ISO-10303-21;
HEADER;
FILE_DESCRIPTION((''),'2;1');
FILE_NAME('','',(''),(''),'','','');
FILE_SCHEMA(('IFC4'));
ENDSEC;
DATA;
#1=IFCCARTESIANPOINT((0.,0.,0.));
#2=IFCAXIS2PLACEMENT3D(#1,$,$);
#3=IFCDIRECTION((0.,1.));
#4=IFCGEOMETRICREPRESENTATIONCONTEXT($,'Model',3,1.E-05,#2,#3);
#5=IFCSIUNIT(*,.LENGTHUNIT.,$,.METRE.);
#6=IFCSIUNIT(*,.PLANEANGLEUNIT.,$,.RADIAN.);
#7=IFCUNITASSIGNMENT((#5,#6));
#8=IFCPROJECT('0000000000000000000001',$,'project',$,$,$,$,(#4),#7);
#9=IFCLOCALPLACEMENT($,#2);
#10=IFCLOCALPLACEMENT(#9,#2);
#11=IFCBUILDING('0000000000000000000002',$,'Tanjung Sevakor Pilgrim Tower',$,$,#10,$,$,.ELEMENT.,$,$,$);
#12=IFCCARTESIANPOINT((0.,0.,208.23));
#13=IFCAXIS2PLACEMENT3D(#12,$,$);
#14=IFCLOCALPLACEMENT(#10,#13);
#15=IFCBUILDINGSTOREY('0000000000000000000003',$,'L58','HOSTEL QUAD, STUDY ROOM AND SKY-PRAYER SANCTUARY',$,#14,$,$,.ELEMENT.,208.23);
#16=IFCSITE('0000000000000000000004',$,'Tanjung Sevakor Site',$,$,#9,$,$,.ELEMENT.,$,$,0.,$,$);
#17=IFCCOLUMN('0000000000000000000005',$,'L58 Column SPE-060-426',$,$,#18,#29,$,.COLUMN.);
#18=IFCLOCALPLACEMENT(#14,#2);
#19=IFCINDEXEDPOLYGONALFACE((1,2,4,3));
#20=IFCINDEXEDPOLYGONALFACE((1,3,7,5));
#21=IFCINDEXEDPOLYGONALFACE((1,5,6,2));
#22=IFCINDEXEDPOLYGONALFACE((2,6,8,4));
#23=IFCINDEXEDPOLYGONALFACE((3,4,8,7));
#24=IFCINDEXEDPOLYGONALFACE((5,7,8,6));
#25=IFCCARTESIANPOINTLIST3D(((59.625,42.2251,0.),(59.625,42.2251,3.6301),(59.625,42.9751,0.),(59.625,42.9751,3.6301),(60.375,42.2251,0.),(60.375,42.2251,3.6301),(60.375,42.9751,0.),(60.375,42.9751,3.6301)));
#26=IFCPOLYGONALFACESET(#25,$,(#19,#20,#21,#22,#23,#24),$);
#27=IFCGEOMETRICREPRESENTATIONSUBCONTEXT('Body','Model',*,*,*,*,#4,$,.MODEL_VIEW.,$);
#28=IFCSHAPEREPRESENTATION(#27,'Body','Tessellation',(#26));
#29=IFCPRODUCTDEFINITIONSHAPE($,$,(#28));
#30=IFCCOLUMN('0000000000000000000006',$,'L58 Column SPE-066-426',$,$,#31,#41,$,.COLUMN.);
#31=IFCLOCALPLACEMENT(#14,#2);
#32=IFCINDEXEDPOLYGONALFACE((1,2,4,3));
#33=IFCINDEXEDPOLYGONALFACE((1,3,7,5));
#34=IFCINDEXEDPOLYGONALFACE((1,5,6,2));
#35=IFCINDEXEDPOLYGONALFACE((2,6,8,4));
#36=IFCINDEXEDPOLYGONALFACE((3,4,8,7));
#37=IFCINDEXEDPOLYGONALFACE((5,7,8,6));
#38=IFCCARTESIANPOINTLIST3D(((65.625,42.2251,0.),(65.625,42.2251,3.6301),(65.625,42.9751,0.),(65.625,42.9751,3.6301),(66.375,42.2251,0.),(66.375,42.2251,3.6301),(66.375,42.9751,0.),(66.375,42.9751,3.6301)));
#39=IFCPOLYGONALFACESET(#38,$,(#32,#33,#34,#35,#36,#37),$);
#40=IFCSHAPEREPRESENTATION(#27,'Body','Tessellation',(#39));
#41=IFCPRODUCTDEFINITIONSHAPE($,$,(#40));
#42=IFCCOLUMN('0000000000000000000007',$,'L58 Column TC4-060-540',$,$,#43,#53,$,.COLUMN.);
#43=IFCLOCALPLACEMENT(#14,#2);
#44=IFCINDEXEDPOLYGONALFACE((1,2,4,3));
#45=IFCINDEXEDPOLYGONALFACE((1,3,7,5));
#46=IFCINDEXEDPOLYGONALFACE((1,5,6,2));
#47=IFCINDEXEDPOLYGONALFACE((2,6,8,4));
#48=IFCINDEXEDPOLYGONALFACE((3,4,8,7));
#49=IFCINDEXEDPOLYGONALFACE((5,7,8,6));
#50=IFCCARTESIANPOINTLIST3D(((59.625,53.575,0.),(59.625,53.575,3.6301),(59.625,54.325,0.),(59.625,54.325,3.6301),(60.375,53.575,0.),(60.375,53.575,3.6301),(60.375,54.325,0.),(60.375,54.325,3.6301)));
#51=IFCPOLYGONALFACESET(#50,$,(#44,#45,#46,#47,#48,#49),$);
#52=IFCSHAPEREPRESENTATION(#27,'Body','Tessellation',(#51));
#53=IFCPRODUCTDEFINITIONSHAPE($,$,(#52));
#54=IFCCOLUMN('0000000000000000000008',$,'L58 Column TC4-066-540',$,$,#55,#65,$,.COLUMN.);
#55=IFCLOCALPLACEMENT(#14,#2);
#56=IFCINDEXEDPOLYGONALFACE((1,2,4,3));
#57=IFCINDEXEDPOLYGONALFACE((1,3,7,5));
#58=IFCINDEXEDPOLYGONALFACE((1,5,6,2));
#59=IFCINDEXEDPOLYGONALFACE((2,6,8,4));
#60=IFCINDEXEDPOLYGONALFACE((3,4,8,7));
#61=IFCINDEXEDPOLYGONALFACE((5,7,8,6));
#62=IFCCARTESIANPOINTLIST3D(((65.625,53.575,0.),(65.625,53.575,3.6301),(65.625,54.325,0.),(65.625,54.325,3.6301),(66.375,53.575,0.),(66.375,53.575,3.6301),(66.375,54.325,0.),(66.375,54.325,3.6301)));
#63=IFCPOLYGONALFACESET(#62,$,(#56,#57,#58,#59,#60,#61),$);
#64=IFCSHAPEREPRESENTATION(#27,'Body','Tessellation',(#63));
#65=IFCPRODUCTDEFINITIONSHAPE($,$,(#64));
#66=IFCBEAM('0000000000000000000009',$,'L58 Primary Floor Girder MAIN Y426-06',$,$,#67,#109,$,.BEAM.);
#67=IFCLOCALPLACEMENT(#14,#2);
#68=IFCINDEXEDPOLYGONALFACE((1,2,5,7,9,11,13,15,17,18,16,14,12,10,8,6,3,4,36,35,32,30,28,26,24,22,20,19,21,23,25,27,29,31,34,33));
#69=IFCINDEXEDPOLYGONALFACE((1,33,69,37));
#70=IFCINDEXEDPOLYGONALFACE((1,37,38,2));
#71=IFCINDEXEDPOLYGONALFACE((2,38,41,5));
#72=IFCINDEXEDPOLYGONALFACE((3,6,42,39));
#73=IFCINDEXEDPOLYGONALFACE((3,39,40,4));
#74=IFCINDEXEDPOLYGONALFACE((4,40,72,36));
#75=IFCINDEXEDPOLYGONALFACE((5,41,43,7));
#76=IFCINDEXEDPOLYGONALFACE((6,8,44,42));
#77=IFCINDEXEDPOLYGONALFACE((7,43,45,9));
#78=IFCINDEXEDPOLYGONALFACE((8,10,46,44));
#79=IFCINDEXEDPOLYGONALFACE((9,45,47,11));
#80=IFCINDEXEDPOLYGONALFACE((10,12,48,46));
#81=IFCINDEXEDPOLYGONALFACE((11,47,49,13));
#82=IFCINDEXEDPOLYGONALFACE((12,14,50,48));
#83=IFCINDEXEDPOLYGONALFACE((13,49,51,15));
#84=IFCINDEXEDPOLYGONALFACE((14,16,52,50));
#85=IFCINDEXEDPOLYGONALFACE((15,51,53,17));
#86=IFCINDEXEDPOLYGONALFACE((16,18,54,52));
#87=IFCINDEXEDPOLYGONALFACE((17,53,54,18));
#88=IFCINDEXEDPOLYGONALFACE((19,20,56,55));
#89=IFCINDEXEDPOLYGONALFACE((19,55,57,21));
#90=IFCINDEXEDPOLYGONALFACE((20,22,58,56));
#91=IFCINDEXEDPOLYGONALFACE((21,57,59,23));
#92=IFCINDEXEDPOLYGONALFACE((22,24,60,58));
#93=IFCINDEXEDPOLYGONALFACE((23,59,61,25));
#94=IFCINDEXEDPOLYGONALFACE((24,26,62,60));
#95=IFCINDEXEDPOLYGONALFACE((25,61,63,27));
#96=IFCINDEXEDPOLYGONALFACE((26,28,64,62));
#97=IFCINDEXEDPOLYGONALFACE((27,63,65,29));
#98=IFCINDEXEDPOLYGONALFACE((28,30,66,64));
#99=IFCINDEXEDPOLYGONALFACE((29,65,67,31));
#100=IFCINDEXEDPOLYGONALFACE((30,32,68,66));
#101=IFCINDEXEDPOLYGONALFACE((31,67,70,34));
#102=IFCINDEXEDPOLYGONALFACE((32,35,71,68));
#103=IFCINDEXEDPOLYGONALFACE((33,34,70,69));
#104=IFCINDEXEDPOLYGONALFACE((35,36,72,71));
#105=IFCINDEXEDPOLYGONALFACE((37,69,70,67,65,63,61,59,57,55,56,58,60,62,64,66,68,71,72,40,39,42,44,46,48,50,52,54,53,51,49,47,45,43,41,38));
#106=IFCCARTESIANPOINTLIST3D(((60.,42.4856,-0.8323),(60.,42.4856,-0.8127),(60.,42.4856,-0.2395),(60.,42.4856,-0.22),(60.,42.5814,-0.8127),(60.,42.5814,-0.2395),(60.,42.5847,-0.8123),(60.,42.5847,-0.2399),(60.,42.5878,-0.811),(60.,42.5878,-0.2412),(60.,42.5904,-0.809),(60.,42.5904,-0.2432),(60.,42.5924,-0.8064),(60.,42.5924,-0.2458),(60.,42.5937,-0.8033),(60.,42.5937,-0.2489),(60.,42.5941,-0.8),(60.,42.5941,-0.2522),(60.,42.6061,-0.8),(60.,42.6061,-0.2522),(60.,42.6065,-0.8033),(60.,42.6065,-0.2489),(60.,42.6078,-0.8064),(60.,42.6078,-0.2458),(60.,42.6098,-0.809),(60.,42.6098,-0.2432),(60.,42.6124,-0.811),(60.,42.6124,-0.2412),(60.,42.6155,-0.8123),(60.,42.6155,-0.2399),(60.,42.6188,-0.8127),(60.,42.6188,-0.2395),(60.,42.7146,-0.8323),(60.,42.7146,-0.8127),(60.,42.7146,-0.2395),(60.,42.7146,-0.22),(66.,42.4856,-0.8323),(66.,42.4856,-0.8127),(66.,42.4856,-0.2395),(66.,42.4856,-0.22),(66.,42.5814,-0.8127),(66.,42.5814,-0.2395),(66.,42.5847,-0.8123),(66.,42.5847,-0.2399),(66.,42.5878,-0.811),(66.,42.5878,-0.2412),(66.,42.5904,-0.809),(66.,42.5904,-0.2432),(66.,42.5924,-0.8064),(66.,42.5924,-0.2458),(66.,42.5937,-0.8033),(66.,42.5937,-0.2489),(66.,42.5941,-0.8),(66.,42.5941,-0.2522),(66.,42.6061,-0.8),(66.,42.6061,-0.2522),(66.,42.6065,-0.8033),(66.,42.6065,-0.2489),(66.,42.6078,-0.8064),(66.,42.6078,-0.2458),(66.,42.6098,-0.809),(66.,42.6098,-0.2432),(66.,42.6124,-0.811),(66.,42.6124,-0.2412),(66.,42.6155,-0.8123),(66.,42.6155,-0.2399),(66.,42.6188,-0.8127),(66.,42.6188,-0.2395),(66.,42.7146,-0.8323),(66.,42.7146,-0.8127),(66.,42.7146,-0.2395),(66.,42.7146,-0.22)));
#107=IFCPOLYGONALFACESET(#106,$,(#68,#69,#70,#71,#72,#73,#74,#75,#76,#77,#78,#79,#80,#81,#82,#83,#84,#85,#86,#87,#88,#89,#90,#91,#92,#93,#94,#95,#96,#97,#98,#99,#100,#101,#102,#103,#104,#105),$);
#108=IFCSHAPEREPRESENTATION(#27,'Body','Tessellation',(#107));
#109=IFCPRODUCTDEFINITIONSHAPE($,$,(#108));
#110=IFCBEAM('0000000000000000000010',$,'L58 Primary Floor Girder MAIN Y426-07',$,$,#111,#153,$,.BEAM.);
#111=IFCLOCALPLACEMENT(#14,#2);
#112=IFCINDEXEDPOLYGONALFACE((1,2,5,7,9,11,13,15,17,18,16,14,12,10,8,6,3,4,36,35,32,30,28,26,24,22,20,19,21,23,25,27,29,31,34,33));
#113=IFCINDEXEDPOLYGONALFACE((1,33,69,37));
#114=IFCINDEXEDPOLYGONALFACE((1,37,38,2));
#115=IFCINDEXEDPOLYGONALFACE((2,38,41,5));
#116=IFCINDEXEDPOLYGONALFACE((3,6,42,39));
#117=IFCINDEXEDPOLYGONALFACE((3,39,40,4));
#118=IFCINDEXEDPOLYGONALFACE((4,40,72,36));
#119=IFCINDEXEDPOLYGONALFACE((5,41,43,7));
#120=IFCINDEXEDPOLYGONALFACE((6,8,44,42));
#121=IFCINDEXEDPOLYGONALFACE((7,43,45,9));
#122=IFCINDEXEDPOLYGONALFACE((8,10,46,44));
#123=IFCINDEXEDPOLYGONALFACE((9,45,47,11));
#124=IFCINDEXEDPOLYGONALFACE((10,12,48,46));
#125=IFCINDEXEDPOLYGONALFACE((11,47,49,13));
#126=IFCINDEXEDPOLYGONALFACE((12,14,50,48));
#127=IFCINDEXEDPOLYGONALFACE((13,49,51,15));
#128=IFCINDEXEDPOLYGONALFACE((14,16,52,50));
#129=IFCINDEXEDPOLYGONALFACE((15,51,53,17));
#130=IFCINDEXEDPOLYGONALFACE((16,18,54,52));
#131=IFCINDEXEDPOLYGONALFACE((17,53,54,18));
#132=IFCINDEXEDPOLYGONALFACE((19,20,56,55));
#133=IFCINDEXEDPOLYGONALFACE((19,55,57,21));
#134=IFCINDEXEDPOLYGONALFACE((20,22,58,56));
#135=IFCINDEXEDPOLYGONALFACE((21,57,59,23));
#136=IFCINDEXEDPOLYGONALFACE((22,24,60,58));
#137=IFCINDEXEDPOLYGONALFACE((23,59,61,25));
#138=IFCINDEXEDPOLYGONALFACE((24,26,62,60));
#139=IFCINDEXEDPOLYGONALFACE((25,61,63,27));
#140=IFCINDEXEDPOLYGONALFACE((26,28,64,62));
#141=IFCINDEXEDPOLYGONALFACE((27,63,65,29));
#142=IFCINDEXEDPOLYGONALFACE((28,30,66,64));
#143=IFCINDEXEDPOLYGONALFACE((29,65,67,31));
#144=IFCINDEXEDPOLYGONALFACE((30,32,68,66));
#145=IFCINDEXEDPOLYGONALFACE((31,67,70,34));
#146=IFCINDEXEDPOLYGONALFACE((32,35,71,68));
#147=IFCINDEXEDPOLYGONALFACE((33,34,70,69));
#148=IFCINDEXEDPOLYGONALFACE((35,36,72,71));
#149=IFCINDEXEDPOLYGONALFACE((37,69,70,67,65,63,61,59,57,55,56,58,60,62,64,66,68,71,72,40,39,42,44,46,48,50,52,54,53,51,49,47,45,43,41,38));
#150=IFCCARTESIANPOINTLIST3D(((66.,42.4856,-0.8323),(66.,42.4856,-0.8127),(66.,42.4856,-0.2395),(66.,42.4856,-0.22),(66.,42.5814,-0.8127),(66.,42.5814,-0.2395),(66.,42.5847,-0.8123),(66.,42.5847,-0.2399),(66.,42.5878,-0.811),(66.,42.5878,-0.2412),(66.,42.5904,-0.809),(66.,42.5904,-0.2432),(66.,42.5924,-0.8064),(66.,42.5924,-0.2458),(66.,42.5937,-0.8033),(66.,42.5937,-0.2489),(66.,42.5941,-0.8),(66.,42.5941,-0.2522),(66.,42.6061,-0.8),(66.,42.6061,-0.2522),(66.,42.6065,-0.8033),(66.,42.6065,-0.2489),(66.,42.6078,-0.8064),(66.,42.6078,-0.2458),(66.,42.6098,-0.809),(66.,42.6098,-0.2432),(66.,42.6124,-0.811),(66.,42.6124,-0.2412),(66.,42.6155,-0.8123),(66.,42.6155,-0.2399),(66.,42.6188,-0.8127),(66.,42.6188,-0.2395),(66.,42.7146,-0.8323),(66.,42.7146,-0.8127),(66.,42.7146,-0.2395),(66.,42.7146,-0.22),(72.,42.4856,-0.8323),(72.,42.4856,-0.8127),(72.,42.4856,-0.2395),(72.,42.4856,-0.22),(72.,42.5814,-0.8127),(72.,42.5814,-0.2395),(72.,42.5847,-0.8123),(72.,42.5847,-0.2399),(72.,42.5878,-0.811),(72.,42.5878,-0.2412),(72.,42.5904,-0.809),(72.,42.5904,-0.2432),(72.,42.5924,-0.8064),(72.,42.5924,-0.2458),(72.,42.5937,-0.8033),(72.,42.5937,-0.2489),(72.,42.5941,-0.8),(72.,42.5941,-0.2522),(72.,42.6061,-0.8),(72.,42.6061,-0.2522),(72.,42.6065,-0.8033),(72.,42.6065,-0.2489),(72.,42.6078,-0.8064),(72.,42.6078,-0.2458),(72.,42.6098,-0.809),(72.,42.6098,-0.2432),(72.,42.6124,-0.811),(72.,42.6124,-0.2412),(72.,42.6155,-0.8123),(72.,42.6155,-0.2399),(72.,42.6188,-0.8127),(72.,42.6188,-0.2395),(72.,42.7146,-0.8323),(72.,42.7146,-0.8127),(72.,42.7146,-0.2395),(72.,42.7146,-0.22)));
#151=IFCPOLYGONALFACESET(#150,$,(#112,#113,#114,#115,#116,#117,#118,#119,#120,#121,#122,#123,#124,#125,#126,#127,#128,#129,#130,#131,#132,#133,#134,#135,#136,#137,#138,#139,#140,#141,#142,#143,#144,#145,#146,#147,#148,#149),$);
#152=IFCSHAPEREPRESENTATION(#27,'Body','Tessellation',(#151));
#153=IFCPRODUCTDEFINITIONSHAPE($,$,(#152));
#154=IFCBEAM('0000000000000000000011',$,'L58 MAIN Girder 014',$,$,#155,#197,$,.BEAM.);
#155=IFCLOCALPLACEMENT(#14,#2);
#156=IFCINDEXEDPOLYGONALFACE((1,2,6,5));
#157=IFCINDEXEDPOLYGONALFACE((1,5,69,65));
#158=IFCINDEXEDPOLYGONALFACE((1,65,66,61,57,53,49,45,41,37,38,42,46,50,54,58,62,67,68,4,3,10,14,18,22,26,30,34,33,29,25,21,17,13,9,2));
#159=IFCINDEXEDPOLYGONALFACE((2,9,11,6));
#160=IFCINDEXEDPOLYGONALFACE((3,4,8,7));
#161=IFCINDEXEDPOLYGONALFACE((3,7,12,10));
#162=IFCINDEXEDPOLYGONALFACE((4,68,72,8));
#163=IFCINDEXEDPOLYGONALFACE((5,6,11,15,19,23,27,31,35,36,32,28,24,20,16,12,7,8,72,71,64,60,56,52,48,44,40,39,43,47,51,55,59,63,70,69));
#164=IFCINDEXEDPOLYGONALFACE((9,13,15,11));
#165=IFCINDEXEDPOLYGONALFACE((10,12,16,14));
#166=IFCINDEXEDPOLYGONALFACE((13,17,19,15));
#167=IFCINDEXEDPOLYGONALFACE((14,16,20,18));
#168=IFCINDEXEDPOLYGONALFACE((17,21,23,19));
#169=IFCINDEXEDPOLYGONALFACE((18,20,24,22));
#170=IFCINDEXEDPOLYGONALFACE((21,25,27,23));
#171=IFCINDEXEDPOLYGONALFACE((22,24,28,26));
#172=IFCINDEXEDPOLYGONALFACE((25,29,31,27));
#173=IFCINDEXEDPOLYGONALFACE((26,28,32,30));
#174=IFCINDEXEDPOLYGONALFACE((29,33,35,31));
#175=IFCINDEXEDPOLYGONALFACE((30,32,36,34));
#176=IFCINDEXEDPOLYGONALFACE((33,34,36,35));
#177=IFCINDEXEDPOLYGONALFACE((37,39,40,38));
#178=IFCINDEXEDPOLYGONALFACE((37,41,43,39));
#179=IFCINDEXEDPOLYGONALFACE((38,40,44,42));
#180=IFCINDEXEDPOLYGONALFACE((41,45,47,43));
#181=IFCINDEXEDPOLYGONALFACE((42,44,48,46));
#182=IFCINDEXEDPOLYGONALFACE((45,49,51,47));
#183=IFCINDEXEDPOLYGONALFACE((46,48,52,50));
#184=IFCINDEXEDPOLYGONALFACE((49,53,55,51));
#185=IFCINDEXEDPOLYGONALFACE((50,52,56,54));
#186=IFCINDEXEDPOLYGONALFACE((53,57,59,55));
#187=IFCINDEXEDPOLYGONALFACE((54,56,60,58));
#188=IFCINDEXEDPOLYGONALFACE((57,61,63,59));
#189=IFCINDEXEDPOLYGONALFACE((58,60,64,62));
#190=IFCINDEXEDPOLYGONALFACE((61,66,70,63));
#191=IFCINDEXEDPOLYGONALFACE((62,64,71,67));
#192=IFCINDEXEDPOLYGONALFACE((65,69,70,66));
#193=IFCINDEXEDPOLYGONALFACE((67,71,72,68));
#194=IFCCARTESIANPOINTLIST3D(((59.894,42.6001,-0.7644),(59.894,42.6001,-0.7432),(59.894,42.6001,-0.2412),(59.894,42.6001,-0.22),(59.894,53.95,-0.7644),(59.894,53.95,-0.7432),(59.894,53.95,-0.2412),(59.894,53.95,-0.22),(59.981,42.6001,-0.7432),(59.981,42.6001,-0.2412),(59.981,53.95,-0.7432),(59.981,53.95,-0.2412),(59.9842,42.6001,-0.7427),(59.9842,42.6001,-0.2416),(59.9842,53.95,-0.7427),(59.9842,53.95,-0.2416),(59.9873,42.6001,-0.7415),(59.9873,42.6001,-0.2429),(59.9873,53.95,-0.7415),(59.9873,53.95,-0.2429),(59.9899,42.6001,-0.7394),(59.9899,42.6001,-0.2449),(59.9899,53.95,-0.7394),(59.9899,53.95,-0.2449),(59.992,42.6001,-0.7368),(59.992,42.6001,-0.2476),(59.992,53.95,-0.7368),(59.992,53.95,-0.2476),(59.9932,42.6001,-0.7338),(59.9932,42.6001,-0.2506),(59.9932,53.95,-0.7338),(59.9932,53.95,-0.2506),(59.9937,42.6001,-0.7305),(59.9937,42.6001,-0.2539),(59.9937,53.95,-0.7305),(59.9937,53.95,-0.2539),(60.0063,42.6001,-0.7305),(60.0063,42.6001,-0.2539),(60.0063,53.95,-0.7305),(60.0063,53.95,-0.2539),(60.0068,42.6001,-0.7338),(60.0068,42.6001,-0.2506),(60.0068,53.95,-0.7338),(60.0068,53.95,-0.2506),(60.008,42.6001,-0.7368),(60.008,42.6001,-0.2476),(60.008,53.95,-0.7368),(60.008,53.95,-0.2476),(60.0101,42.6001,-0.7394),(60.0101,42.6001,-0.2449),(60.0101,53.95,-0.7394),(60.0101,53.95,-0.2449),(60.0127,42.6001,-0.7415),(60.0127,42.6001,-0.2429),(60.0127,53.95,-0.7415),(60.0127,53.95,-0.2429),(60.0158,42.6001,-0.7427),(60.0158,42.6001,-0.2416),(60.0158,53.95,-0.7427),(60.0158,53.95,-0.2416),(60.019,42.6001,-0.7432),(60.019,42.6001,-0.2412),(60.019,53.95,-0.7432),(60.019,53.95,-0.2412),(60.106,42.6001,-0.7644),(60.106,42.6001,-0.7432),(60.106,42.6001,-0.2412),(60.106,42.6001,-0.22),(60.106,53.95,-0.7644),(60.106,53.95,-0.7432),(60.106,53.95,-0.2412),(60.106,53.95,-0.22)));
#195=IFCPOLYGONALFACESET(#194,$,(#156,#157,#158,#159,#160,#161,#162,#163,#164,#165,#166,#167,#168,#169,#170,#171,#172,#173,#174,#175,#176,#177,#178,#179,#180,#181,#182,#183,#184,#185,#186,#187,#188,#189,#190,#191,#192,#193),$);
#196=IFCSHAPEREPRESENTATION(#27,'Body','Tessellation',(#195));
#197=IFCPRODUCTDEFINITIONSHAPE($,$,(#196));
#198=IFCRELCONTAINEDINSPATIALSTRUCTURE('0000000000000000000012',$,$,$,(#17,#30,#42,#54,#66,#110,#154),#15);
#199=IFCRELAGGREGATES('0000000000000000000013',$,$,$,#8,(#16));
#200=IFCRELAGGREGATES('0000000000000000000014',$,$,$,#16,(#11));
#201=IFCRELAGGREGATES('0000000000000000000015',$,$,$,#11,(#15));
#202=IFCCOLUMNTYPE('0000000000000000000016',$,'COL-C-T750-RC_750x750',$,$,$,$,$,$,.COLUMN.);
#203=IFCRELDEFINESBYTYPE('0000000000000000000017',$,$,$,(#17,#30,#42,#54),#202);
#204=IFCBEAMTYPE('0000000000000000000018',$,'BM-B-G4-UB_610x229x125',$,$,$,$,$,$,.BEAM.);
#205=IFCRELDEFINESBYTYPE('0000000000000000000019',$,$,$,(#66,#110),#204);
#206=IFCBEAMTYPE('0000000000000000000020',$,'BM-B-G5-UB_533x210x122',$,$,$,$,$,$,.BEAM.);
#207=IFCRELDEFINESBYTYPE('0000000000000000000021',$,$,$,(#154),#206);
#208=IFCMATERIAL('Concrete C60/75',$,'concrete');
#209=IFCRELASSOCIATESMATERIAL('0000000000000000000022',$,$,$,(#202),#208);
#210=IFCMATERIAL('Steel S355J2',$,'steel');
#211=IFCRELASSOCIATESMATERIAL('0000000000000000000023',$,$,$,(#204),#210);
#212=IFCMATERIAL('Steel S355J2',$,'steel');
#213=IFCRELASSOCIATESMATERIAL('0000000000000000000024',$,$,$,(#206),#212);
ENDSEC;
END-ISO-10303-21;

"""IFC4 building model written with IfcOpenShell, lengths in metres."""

from ifc_helpers import new_model, si_unit, direction, frame, origin, origin_2d, place, context, subcontext, project, spatial, rectangle, i_section, extrude, material, material_profile, profile_set, type_object, element, save


model = new_model("IFC4")

# Units and contexts
model_context = context("Model", 3, precision=1e-05, world=origin(), true_north=direction((0.0, 1.0)))
body_context = subcontext(model_context, "Body", "Model", "MODEL_VIEW")
ifc_project = project(units=[si_unit("LENGTHUNIT", "METRE"), si_unit("PLANEANGLEUNIT", "RADIAN")], contexts=[model_context])

# Site, building, storey
site_placement = place(None, origin())
site = spatial("IfcSite", under=ifc_project, at=site_placement, Name="Tanjung Sevakor Site", CompositionType="ELEMENT", RefElevation=0.0)
building_placement = place(site_placement, origin())
building = spatial("IfcBuilding", under=site, at=building_placement, Name="Tanjung Sevakor Pilgrim Tower", CompositionType="ELEMENT")
storey_placement = place(building_placement, frame((0.0, 0.0, 208.23)))
storey = spatial("IfcBuildingStorey", under=building, at=storey_placement, Name="L58", Description="HOSTEL QUAD, STUDY ROOM AND SKY-PRAYER SANCTUARY", CompositionType="ELEMENT", Elevation=208.23)

# Columns
ifc_material_1 = material(Name="Concrete C60/75", Category="concrete")
ifc_material_profile_1 = material_profile(ifc_material_1, rectangle(XDim=0.75, YDim=0.75, at=origin_2d()))
ifc_profile_set_1 = profile_set([ifc_material_profile_1], Name="Concrete C60/75")
column_type = type_object("IfcColumnType", Name="COL-C-T750-RC_750x750", PredefinedType="COLUMN", material=ifc_profile_set_1)
for number, where, z_axis, x_axis, name in (
    (1, (60.0, 42.6001, 0.0), (0.0, 0.0, 1.0), (1.0, 0.0, 0.0), "L58 Column SPE-060-426"),
    (2, (66.0, 42.6001, 0.0), (0.0, 0.0, 1.0), (1.0, 0.0, 0.0), "L58 Column SPE-066-426"),
    (3, (60.0, 53.95, 0.0), (0.0, 0.0, 1.0), (1.0, 0.0, 0.0), "L58 Column TC4-060-540"),
    (4, (66.0, 53.95, 0.0), (0.0, 0.0, 1.0), (1.0, 0.0, 0.0), "L58 Column TC4-066-540"),
):
    element("IfcColumn", number, at=place(storey_placement, frame(where, z_axis=z_axis, x_axis=x_axis)), inside=storey, type_object=column_type, Name=name, PredefinedType="COLUMN", context=body_context, shape_type="SweptSolid", body=[
        extrude(rectangle(XDim=0.75, YDim=0.75, at=origin_2d()), origin(), (0.0, 0.0, 1.0), 3.6301),
    ])

# Beams
ifc_material_2 = material(Name="Steel S355J2", Category="steel")
ifc_material_profile_2 = material_profile(ifc_material_2, i_section(OverallWidth=0.229, OverallDepth=0.6123, WebThickness=0.012, FlangeThickness=0.0195, FilletRadius=0.0127, at=origin_2d()))
ifc_profile_set_2 = profile_set([ifc_material_profile_2], Name="Steel S355J2")
beam_type_1 = type_object("IfcBeamType", Name="BM-B-G4-UB_610x229x125", PredefinedType="BEAM", material=ifc_profile_set_2)
for number, where, z_axis, x_axis, name in (
    (5, (60.0, 42.6001, -0.5261), (1.0, 0.0, 0.0), (0.0, 1.0, 0.0), "L58 Primary Floor Girder MAIN Y426-06"),
    (6, (66.0, 42.6001, -0.5261), (1.0, 0.0, 0.0), (0.0, 1.0, 0.0), "L58 Primary Floor Girder MAIN Y426-07"),
):
    element("IfcBeam", number, at=place(storey_placement, frame(where, z_axis=z_axis, x_axis=x_axis)), inside=storey, type_object=beam_type_1, Name=name, PredefinedType="BEAM", context=body_context, shape_type="SweptSolid", body=[
        extrude(i_section(OverallWidth=0.229, OverallDepth=0.6123, WebThickness=0.012, FlangeThickness=0.0195, FilletRadius=0.0127, at=origin_2d()), origin(), (0.0, 0.0, 1.0), 6.0),
    ])
ifc_material_3 = material(Name="Steel S355J2", Category="steel")
ifc_material_profile_3 = material_profile(ifc_material_3, i_section(OverallWidth=0.2119, OverallDepth=0.5444, WebThickness=0.0127, FlangeThickness=0.0212, FilletRadius=0.0127, at=origin_2d()))
ifc_profile_set_3 = profile_set([ifc_material_profile_3], Name="Steel S355J2")
beam_type_2 = type_object("IfcBeamType", Name="BM-B-G5-UB_533x210x122", PredefinedType="BEAM", material=ifc_profile_set_3)
for number, where, z_axis, x_axis, name in (
    (7, (60.0, 42.6001, -0.4922), (0.0, 1.0, 0.0), (-1.0, 0.0, 0.0), "L58 MAIN Girder 014"),
):
    element("IfcBeam", number, at=place(storey_placement, frame(where, z_axis=z_axis, x_axis=x_axis)), inside=storey, type_object=beam_type_2, Name=name, PredefinedType="BEAM", context=body_context, shape_type="SweptSolid", body=[
        extrude(i_section(OverallWidth=0.2119, OverallDepth=0.5444, WebThickness=0.0127, FlangeThickness=0.0212, FilletRadius=0.0127, at=origin_2d()), origin(), (0.0, 0.0, 1.0), 11.3499),
    ])

save(model, "model.ifc")
